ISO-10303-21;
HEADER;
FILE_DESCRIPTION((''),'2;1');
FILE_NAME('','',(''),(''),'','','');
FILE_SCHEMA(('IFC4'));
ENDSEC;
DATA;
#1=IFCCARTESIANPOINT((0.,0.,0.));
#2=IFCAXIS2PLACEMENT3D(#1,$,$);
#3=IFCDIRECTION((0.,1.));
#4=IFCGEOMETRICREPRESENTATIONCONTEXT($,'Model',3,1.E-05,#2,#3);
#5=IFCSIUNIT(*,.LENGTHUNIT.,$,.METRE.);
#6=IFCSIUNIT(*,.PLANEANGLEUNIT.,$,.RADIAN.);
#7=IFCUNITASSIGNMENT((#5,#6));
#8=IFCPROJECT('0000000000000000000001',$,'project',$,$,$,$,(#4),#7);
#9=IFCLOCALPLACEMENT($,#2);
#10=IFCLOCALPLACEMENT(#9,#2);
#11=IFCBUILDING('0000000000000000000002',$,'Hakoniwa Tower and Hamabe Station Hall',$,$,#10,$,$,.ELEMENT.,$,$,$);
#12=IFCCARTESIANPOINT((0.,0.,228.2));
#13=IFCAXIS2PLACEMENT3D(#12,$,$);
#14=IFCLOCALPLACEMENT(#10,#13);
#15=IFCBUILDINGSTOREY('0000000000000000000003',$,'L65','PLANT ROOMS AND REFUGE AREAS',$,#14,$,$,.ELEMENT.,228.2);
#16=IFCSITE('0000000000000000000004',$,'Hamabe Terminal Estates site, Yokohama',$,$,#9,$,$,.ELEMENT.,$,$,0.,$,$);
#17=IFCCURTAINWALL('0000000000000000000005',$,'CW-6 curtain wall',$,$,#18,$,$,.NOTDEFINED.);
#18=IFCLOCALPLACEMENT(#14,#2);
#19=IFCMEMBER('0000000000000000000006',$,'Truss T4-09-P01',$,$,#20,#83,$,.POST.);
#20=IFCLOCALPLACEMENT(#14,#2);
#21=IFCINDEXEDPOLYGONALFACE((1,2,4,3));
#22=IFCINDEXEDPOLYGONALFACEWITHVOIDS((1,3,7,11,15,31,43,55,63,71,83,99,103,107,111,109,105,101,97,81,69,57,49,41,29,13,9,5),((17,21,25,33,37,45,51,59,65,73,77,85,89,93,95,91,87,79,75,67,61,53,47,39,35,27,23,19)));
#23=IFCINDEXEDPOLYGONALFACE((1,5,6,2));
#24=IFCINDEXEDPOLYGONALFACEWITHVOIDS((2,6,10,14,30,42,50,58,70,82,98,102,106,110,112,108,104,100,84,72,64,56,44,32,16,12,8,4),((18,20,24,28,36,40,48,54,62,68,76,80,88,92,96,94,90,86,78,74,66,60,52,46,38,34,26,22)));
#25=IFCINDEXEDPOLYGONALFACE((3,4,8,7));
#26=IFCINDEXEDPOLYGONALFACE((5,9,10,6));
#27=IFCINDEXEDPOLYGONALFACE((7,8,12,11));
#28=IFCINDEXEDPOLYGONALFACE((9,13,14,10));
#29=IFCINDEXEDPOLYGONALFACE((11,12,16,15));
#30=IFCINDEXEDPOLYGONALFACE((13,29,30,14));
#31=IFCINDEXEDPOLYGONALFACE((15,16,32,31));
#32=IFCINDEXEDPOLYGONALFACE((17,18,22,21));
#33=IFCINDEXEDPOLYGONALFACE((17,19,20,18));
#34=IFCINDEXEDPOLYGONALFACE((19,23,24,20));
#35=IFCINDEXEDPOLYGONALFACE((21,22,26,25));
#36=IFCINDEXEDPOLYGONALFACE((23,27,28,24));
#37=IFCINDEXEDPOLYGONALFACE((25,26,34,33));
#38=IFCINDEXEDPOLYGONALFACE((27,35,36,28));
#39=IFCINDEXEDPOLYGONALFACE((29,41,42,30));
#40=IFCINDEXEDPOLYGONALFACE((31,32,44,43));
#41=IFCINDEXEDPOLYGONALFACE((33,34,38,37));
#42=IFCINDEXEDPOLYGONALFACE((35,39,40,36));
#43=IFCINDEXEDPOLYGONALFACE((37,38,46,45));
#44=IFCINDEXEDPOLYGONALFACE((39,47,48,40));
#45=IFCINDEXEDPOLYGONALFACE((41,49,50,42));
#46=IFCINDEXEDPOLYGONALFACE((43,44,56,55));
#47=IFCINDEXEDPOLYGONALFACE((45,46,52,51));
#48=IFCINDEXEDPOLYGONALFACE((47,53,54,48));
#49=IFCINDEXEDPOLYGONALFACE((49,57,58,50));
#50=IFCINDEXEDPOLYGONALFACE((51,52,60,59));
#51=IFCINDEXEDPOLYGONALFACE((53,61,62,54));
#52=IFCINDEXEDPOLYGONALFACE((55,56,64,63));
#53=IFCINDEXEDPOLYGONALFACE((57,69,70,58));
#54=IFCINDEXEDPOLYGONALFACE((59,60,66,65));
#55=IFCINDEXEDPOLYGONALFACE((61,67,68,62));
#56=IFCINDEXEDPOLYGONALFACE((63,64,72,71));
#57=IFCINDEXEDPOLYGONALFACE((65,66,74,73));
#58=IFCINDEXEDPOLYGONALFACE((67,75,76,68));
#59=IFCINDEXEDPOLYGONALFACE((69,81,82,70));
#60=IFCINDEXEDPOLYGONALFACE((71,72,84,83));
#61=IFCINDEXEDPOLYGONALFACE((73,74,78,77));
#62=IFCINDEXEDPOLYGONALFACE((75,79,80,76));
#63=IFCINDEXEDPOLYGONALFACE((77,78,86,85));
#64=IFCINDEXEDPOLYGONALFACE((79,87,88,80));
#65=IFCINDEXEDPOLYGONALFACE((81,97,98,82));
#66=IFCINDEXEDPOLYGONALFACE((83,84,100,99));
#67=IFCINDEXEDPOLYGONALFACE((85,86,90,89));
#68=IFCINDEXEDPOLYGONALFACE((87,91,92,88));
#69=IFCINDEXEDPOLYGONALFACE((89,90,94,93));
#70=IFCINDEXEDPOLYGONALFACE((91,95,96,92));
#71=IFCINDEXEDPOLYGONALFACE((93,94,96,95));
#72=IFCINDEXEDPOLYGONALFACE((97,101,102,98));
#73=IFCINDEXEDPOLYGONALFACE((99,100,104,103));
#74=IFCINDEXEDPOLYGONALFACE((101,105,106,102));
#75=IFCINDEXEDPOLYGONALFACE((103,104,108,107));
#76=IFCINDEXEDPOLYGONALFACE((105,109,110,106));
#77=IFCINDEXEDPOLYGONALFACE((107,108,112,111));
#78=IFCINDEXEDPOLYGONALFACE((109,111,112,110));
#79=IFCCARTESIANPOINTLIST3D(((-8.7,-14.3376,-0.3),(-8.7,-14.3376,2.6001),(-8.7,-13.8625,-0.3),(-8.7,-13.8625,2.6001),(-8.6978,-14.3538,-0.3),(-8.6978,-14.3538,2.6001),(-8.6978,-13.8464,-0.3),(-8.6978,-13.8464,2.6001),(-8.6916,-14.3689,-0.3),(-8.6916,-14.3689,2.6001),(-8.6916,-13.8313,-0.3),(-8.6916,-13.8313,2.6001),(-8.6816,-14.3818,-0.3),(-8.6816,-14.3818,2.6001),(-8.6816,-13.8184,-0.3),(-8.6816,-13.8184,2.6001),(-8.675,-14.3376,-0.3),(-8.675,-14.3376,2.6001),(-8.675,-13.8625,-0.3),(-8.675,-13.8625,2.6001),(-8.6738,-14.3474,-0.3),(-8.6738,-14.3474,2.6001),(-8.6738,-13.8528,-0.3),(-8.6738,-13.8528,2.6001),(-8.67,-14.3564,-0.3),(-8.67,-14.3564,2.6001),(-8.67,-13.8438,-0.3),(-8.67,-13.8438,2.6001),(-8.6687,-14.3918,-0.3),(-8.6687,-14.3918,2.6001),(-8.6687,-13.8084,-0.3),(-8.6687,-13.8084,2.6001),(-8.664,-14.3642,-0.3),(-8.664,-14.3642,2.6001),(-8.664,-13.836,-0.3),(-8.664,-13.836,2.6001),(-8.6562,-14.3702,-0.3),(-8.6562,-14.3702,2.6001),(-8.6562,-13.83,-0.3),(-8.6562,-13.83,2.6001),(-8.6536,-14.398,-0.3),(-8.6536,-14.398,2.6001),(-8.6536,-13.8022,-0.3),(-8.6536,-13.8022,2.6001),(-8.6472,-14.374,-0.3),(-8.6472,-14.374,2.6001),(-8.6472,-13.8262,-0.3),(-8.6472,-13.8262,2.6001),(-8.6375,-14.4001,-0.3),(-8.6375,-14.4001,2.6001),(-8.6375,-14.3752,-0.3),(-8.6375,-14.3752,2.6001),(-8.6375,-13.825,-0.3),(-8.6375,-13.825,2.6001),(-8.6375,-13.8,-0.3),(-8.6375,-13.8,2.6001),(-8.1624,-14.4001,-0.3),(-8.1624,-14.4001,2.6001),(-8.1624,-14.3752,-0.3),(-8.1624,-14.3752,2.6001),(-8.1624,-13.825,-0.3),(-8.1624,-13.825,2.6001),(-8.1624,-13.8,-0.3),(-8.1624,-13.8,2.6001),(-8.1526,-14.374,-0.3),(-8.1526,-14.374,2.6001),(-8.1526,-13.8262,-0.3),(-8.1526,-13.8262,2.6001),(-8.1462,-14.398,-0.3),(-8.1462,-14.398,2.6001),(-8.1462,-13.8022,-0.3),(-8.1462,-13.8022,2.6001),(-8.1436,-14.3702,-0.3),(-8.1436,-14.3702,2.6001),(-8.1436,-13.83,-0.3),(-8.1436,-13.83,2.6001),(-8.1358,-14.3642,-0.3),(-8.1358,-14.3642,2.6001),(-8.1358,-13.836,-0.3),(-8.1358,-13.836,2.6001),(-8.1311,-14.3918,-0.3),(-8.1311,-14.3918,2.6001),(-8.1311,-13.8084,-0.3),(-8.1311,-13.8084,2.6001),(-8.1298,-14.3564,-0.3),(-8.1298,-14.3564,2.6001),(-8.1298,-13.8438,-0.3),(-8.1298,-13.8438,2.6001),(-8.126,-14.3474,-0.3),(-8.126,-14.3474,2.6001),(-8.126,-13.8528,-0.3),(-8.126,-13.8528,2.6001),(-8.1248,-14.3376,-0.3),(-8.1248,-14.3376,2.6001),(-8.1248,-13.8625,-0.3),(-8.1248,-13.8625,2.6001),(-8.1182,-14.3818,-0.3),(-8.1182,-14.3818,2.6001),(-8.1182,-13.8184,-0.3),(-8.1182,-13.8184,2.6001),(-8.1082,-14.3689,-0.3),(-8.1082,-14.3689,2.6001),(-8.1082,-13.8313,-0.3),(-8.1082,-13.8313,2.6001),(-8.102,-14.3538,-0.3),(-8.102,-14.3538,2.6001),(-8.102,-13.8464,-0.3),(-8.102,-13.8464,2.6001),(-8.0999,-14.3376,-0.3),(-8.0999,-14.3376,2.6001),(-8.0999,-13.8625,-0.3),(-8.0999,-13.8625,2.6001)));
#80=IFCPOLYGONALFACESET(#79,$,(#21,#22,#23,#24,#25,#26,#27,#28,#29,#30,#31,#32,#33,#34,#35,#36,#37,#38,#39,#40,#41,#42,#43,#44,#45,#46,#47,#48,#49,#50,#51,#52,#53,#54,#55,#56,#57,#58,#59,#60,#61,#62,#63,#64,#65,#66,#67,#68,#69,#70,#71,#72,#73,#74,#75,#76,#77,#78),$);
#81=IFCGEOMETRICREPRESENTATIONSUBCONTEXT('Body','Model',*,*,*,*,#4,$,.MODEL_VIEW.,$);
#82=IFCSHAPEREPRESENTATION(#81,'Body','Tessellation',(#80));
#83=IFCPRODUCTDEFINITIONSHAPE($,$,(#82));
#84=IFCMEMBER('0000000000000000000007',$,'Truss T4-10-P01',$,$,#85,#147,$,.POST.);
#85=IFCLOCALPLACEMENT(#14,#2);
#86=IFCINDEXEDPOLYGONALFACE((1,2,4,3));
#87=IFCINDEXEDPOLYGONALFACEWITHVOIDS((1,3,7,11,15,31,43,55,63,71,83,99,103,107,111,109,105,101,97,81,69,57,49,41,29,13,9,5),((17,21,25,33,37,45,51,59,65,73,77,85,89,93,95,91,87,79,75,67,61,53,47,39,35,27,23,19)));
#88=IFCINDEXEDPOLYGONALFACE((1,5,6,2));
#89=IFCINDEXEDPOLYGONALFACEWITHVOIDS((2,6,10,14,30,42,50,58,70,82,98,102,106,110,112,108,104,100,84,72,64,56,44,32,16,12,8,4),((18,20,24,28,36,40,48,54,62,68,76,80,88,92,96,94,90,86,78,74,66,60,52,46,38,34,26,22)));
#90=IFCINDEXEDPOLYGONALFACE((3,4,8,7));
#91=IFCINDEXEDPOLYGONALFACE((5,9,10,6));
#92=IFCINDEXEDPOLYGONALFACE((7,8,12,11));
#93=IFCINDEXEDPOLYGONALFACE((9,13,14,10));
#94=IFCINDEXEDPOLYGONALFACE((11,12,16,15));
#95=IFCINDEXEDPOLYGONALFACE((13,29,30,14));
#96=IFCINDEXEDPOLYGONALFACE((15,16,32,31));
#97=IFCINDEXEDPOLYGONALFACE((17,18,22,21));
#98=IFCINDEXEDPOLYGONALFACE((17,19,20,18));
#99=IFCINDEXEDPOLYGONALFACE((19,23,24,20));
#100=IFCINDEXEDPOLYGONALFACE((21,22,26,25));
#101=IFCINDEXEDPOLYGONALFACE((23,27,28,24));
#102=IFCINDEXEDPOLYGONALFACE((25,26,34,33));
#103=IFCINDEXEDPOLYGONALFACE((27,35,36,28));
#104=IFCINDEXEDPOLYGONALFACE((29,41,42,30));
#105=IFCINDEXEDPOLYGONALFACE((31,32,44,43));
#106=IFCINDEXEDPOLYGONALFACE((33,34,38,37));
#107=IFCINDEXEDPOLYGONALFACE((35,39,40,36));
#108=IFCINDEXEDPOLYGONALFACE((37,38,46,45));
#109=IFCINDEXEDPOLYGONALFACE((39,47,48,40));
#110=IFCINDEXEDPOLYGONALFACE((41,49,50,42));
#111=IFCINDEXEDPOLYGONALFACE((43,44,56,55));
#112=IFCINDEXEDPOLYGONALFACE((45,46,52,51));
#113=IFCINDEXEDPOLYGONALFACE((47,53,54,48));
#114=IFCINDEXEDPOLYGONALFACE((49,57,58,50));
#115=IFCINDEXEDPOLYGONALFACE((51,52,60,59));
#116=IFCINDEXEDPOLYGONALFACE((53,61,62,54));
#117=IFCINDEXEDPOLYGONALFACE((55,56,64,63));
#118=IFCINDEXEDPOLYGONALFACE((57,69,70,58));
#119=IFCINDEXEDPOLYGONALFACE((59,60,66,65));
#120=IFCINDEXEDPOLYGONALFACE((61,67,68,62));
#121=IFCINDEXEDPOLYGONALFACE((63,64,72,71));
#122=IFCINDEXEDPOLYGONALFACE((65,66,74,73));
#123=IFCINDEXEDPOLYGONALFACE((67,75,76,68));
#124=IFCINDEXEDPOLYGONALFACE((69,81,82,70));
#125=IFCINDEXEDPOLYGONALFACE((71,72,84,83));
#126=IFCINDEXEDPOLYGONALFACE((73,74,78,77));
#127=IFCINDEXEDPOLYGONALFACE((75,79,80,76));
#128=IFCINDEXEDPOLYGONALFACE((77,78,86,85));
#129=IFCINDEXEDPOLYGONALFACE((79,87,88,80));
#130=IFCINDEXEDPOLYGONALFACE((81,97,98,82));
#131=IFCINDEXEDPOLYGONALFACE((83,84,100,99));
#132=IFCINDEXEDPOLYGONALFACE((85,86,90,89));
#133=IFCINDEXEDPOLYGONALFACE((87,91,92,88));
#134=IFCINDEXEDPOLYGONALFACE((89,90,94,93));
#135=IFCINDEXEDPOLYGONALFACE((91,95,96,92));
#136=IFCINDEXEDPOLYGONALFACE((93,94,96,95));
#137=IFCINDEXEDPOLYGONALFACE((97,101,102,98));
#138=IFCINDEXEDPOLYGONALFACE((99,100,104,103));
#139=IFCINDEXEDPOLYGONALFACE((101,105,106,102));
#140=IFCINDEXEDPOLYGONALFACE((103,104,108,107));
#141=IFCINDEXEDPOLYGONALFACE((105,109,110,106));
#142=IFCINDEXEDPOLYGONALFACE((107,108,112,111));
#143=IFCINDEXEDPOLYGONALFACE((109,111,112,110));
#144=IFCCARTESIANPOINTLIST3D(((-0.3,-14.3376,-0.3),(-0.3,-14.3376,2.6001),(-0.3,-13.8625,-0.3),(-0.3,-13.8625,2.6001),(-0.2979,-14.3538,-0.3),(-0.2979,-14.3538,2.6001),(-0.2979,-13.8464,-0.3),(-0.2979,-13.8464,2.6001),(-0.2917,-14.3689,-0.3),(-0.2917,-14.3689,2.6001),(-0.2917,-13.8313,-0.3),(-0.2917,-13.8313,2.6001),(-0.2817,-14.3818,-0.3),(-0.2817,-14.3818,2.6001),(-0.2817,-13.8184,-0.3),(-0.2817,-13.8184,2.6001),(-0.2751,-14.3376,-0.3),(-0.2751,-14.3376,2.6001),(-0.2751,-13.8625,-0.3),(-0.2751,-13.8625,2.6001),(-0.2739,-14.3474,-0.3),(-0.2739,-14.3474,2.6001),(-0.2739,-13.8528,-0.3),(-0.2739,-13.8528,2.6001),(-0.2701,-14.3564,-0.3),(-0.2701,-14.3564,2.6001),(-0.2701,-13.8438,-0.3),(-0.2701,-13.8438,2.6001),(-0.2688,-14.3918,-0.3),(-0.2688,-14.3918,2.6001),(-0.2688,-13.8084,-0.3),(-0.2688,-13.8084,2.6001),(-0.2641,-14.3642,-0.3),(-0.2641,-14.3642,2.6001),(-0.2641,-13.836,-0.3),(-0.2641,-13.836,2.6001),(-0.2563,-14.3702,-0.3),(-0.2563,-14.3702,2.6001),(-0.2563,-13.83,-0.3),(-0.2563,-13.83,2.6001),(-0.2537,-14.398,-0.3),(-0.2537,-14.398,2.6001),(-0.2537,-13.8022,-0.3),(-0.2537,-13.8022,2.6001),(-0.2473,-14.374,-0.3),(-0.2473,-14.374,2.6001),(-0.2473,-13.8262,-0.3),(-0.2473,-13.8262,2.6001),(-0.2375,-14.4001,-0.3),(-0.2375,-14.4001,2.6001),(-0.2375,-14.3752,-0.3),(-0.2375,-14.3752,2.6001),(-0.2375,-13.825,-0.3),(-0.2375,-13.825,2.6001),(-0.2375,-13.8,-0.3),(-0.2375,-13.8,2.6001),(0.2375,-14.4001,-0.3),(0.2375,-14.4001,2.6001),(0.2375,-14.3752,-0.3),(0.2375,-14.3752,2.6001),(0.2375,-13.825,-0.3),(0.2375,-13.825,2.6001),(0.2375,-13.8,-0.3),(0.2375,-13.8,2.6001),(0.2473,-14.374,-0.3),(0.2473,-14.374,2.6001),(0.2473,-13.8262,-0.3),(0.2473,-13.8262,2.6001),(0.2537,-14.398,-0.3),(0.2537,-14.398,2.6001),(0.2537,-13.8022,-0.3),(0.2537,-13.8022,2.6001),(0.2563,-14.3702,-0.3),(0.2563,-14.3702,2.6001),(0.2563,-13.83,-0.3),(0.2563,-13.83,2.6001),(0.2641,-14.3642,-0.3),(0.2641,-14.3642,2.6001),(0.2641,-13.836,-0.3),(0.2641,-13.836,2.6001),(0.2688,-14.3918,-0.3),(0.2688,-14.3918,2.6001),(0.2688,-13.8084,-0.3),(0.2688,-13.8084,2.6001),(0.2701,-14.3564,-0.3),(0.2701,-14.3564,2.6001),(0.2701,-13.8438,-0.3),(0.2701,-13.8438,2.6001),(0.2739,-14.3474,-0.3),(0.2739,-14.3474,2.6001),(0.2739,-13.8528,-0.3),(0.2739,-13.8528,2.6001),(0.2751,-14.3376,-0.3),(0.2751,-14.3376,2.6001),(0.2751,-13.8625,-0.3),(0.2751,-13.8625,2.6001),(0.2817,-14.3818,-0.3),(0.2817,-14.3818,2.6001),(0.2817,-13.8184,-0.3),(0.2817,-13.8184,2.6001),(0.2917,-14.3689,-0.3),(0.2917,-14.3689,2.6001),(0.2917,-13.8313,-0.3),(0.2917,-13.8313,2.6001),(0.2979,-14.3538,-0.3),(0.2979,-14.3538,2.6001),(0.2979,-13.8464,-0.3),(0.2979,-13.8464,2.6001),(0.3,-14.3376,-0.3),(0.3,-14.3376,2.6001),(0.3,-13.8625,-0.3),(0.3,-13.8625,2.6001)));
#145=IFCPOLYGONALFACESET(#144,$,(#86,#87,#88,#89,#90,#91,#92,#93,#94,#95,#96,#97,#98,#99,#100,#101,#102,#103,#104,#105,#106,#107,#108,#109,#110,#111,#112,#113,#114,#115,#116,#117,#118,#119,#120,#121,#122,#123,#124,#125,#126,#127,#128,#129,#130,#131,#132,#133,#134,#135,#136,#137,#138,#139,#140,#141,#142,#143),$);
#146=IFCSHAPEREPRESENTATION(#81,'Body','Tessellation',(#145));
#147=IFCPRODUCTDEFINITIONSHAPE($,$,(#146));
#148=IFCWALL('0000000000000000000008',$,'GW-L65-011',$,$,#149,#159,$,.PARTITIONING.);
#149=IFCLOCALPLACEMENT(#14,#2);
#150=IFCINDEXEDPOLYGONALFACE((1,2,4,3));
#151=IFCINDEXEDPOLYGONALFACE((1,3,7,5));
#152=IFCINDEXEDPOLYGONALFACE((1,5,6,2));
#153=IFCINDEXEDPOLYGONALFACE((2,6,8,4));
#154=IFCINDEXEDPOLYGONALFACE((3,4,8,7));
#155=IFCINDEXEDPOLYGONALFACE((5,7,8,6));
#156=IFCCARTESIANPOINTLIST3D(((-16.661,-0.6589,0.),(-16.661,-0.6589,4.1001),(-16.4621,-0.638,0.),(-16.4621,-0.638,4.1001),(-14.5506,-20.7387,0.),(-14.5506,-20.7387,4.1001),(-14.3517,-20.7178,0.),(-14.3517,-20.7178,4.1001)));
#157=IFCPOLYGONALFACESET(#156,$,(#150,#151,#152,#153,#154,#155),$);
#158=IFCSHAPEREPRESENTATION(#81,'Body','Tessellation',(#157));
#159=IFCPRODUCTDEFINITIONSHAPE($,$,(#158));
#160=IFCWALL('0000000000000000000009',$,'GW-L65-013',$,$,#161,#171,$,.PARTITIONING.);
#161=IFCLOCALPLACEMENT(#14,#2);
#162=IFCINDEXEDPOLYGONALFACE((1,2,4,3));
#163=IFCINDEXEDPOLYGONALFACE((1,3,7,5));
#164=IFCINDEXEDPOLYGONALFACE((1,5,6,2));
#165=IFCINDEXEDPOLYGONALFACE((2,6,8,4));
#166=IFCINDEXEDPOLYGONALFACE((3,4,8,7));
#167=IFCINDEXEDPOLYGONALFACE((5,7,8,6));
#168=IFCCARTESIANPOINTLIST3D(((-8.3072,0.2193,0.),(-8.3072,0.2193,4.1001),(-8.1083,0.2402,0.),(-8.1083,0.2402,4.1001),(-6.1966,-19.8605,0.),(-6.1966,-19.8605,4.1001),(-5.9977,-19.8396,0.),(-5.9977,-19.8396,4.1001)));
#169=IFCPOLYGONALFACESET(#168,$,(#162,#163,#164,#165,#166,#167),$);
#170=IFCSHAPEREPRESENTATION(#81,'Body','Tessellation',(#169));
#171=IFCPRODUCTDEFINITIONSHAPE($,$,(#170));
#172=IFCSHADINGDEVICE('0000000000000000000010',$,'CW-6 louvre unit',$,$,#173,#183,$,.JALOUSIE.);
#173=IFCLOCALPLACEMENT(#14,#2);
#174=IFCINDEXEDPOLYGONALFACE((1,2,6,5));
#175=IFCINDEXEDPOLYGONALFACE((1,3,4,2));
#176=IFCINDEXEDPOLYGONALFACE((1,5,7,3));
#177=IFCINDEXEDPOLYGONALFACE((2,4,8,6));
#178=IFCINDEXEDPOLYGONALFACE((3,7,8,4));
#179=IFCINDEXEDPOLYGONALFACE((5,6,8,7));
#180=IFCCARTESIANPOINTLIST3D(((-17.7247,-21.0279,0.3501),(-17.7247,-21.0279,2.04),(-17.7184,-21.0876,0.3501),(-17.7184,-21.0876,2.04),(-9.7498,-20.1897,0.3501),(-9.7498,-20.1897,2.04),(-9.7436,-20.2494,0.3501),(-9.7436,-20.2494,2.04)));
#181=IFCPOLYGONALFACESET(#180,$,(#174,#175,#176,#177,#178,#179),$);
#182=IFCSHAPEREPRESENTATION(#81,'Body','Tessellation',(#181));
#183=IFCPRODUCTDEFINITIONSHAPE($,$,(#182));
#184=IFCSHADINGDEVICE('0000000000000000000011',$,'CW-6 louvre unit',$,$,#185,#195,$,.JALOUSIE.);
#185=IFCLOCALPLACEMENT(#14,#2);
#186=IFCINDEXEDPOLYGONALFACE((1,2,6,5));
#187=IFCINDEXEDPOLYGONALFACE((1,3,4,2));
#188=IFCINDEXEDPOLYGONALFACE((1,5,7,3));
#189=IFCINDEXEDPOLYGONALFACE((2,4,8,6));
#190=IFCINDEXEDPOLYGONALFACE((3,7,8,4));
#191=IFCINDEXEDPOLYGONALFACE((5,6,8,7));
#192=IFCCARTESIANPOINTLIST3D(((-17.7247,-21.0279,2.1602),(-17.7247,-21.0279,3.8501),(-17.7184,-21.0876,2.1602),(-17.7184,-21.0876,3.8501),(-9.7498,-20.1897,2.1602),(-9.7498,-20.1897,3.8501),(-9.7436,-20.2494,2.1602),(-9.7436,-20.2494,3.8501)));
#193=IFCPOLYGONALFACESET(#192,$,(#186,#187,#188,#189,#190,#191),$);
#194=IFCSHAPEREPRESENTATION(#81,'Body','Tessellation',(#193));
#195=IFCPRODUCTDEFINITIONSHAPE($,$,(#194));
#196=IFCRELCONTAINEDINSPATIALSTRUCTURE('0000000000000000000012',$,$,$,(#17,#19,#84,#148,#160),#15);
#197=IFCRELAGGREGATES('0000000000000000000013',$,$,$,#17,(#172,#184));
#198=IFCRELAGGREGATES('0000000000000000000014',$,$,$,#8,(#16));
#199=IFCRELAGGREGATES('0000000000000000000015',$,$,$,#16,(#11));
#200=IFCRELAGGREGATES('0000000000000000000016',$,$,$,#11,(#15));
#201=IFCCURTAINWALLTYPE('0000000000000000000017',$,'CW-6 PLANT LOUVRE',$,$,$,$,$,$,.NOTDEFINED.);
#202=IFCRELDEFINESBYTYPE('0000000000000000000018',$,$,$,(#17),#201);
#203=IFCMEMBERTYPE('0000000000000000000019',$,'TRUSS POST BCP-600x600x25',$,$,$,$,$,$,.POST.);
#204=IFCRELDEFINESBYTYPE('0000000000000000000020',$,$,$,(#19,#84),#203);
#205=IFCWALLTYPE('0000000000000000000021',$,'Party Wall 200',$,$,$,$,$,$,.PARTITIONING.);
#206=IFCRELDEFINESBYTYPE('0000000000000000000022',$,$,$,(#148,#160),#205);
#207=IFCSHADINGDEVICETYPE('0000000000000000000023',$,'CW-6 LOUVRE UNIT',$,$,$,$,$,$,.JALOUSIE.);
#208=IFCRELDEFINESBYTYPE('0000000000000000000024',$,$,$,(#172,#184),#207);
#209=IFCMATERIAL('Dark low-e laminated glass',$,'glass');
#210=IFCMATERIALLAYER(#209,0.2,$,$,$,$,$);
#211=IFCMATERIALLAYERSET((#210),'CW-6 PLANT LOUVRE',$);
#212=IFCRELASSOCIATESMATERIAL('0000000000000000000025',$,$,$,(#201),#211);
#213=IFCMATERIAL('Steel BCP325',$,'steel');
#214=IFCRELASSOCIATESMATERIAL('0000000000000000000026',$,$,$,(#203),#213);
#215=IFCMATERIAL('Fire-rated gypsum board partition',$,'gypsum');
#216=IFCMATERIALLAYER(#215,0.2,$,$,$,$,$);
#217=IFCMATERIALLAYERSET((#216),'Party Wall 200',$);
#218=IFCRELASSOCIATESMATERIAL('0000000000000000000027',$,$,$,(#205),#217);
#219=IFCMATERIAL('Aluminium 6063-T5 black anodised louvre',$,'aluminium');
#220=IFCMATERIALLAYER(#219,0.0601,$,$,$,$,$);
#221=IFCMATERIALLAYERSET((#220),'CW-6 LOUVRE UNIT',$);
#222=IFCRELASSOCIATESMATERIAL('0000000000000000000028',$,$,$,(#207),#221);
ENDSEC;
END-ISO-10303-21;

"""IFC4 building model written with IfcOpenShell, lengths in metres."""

from ifc_helpers import new_model, si_unit, direction, frame, frame_2d, origin, origin_2d, place, context, subcontext, project, spatial, rectangle, hollow_rectangle, extrude, material, layer, layer_set, material_profile, profile_set, type_object, element, aggregate, save


model = new_model("IFC4")

# Units and contexts
model_context = context("Model", 3, precision=1e-05, world=origin(), true_north=direction((0.0, 1.0)))
body_context = subcontext(model_context, "Body", "Model", "MODEL_VIEW")
ifc_project = project(units=[si_unit("LENGTHUNIT", "METRE"), si_unit("PLANEANGLEUNIT", "RADIAN")], contexts=[model_context])

# Site, building, storey
site_placement = place(None, origin())
site = spatial("IfcSite", under=ifc_project, at=site_placement, Name="Hamabe Terminal Estates site, Yokohama", CompositionType="ELEMENT", RefElevation=0.0)
building_placement = place(site_placement, origin())
building = spatial("IfcBuilding", under=site, at=building_placement, Name="Hakoniwa Tower and Hamabe Station Hall", CompositionType="ELEMENT")
storey_placement = place(building_placement, frame((0.0, 0.0, 228.2)))
storey = spatial("IfcBuildingStorey", under=building, at=storey_placement, Name="L65", Description="PLANT ROOMS AND REFUGE AREAS", CompositionType="ELEMENT", Elevation=228.2)

# Curtain wall
ifc_material_1 = material(Name="Dark low-e laminated glass", Category="glass")
ifc_layer_1 = layer(ifc_material_1, 0.2)
ifc_layer_set_1 = layer_set([ifc_layer_1], Name="CW-6 PLANT LOUVRE")
curtain_wall_type = type_object("IfcCurtainWallType", Name="CW-6 PLANT LOUVRE", PredefinedType="NOTDEFINED", material=ifc_layer_set_1)
curtain_wall_placement = place(storey_placement, origin())
curtain_wall = element("IfcCurtainWall", 1, at=curtain_wall_placement, inside=storey, type_object=curtain_wall_type, Name="CW-6 curtain wall", PredefinedType="NOTDEFINED")

# Members
ifc_material_2 = material(Name="Steel BCP325", Category="steel")
ifc_material_profile_1 = material_profile(ifc_material_2, hollow_rectangle(XDim=0.6001, YDim=0.6001, WallThickness=0.0249, InnerFilletRadius=0.0376, OuterFilletRadius=0.0625, at=origin_2d()), Name="BCP-600x600x25")
ifc_profile_set_1 = profile_set([ifc_material_profile_1], Name="Steel BCP325")
member_type_1 = type_object("IfcMemberType", Name="TRUSS POST BCP-600x600x25", PredefinedType="POST", material=ifc_profile_set_1)
for number, where, z_axis, x_axis, name in (
    (2, (-8.3999, -14.1001, -0.3), (0.0, 0.0, 1.0), (1.0, 0.0, 0.0), "Truss T4-09-P01"),
    (3, (0.0, -14.1001, -0.3), (0.0, 0.0, 1.0), (1.0, 0.0, 0.0), "Truss T4-10-P01"),
):
    element("IfcMember", number, at=place(storey_placement, frame(where, z_axis=z_axis, x_axis=x_axis)), inside=storey, type_object=member_type_1, Name=name, PredefinedType="POST", context=body_context, shape_type="SweptSolid", body=[
        extrude(hollow_rectangle(XDim=0.6001, YDim=0.6001, WallThickness=0.0249, InnerFilletRadius=0.0376, OuterFilletRadius=0.0625, at=origin_2d()), origin(), (0.0, 0.0, 1.0), 2.9001),
    ])

# Walls
ifc_material_3 = material(Name="Fire-rated gypsum board partition", Category="gypsum")
ifc_layer_2 = layer(ifc_material_3, 0.2)
ifc_layer_set_2 = layer_set([ifc_layer_2], Name="Party Wall 200")
wall_type = type_object("IfcWallType", Name="Party Wall 200", PredefinedType="PARTITIONING", material=ifc_layer_set_2)
for number, where, z_axis, x_axis, name in (
    (4, (-14.4512, -20.7283, 0.0), (0.0, 0.0, 1.0), (-0.104522, 0.994523, 0.0), "GW-L65-011"),
    (5, (-6.0972, -19.8501, 0.0), (0.0, 0.0, 1.0), (-0.104534, 0.994521, 0.0), "GW-L65-013"),
):
    element("IfcWall", number, at=place(storey_placement, frame(where, z_axis=z_axis, x_axis=x_axis)), inside=storey, type_object=wall_type, Name=name, PredefinedType="PARTITIONING", context=body_context, shape_type="SweptSolid", body=[
        extrude(rectangle(XDim=20.1904, YDim=0.2, at=frame_2d((10.0952, 0.0))), origin(), (0.0, 0.0, 1.0), 4.1001),
    ])

# Shading devices
ifc_material_4 = material(Name="Aluminium 6063-T5 black anodised louvre", Category="aluminium")
ifc_layer_3 = layer(ifc_material_4, 0.0601)
ifc_layer_set_3 = layer_set([ifc_layer_3], Name="CW-6 LOUVRE UNIT")
shading_device_type = type_object("IfcShadingDeviceType", Name="CW-6 LOUVRE UNIT", PredefinedType="JALOUSIE", material=ifc_layer_set_3)
shading_device_1_placement = place(storey_placement, frame((-13.7341, -20.6387, 0.3501), z_axis=(0.0, 0.0, 1.0), x_axis=(0.994522, 0.104528, 0.0)))
shading_device_1 = element("IfcShadingDevice", 6, at=shading_device_1_placement, type_object=shading_device_type, Name="CW-6 louvre unit", PredefinedType="JALOUSIE", context=body_context, shape_type="SweptSolid", body=[
    extrude(rectangle(XDim=8.0188, YDim=0.0601, at=origin_2d()), origin(), (0.0, 0.0, 1.0), 1.6899),
])
shading_device_2_placement = place(storey_placement, frame((-13.7341, -20.6387, 2.1602), z_axis=(0.0, 0.0, 1.0), x_axis=(0.994522, 0.104528, 0.0)))
shading_device_2 = element("IfcShadingDevice", 7, at=shading_device_2_placement, type_object=shading_device_type, Name="CW-6 louvre unit", PredefinedType="JALOUSIE", context=body_context, shape_type="SweptSolid", body=[
    extrude(rectangle(XDim=8.0188, YDim=0.0601, at=origin_2d()), origin(), (0.0, 0.0, 1.0), 1.6899),
])
aggregate(curtain_wall, [shading_device_1, shading_device_2])

save(model, "model.ifc")
